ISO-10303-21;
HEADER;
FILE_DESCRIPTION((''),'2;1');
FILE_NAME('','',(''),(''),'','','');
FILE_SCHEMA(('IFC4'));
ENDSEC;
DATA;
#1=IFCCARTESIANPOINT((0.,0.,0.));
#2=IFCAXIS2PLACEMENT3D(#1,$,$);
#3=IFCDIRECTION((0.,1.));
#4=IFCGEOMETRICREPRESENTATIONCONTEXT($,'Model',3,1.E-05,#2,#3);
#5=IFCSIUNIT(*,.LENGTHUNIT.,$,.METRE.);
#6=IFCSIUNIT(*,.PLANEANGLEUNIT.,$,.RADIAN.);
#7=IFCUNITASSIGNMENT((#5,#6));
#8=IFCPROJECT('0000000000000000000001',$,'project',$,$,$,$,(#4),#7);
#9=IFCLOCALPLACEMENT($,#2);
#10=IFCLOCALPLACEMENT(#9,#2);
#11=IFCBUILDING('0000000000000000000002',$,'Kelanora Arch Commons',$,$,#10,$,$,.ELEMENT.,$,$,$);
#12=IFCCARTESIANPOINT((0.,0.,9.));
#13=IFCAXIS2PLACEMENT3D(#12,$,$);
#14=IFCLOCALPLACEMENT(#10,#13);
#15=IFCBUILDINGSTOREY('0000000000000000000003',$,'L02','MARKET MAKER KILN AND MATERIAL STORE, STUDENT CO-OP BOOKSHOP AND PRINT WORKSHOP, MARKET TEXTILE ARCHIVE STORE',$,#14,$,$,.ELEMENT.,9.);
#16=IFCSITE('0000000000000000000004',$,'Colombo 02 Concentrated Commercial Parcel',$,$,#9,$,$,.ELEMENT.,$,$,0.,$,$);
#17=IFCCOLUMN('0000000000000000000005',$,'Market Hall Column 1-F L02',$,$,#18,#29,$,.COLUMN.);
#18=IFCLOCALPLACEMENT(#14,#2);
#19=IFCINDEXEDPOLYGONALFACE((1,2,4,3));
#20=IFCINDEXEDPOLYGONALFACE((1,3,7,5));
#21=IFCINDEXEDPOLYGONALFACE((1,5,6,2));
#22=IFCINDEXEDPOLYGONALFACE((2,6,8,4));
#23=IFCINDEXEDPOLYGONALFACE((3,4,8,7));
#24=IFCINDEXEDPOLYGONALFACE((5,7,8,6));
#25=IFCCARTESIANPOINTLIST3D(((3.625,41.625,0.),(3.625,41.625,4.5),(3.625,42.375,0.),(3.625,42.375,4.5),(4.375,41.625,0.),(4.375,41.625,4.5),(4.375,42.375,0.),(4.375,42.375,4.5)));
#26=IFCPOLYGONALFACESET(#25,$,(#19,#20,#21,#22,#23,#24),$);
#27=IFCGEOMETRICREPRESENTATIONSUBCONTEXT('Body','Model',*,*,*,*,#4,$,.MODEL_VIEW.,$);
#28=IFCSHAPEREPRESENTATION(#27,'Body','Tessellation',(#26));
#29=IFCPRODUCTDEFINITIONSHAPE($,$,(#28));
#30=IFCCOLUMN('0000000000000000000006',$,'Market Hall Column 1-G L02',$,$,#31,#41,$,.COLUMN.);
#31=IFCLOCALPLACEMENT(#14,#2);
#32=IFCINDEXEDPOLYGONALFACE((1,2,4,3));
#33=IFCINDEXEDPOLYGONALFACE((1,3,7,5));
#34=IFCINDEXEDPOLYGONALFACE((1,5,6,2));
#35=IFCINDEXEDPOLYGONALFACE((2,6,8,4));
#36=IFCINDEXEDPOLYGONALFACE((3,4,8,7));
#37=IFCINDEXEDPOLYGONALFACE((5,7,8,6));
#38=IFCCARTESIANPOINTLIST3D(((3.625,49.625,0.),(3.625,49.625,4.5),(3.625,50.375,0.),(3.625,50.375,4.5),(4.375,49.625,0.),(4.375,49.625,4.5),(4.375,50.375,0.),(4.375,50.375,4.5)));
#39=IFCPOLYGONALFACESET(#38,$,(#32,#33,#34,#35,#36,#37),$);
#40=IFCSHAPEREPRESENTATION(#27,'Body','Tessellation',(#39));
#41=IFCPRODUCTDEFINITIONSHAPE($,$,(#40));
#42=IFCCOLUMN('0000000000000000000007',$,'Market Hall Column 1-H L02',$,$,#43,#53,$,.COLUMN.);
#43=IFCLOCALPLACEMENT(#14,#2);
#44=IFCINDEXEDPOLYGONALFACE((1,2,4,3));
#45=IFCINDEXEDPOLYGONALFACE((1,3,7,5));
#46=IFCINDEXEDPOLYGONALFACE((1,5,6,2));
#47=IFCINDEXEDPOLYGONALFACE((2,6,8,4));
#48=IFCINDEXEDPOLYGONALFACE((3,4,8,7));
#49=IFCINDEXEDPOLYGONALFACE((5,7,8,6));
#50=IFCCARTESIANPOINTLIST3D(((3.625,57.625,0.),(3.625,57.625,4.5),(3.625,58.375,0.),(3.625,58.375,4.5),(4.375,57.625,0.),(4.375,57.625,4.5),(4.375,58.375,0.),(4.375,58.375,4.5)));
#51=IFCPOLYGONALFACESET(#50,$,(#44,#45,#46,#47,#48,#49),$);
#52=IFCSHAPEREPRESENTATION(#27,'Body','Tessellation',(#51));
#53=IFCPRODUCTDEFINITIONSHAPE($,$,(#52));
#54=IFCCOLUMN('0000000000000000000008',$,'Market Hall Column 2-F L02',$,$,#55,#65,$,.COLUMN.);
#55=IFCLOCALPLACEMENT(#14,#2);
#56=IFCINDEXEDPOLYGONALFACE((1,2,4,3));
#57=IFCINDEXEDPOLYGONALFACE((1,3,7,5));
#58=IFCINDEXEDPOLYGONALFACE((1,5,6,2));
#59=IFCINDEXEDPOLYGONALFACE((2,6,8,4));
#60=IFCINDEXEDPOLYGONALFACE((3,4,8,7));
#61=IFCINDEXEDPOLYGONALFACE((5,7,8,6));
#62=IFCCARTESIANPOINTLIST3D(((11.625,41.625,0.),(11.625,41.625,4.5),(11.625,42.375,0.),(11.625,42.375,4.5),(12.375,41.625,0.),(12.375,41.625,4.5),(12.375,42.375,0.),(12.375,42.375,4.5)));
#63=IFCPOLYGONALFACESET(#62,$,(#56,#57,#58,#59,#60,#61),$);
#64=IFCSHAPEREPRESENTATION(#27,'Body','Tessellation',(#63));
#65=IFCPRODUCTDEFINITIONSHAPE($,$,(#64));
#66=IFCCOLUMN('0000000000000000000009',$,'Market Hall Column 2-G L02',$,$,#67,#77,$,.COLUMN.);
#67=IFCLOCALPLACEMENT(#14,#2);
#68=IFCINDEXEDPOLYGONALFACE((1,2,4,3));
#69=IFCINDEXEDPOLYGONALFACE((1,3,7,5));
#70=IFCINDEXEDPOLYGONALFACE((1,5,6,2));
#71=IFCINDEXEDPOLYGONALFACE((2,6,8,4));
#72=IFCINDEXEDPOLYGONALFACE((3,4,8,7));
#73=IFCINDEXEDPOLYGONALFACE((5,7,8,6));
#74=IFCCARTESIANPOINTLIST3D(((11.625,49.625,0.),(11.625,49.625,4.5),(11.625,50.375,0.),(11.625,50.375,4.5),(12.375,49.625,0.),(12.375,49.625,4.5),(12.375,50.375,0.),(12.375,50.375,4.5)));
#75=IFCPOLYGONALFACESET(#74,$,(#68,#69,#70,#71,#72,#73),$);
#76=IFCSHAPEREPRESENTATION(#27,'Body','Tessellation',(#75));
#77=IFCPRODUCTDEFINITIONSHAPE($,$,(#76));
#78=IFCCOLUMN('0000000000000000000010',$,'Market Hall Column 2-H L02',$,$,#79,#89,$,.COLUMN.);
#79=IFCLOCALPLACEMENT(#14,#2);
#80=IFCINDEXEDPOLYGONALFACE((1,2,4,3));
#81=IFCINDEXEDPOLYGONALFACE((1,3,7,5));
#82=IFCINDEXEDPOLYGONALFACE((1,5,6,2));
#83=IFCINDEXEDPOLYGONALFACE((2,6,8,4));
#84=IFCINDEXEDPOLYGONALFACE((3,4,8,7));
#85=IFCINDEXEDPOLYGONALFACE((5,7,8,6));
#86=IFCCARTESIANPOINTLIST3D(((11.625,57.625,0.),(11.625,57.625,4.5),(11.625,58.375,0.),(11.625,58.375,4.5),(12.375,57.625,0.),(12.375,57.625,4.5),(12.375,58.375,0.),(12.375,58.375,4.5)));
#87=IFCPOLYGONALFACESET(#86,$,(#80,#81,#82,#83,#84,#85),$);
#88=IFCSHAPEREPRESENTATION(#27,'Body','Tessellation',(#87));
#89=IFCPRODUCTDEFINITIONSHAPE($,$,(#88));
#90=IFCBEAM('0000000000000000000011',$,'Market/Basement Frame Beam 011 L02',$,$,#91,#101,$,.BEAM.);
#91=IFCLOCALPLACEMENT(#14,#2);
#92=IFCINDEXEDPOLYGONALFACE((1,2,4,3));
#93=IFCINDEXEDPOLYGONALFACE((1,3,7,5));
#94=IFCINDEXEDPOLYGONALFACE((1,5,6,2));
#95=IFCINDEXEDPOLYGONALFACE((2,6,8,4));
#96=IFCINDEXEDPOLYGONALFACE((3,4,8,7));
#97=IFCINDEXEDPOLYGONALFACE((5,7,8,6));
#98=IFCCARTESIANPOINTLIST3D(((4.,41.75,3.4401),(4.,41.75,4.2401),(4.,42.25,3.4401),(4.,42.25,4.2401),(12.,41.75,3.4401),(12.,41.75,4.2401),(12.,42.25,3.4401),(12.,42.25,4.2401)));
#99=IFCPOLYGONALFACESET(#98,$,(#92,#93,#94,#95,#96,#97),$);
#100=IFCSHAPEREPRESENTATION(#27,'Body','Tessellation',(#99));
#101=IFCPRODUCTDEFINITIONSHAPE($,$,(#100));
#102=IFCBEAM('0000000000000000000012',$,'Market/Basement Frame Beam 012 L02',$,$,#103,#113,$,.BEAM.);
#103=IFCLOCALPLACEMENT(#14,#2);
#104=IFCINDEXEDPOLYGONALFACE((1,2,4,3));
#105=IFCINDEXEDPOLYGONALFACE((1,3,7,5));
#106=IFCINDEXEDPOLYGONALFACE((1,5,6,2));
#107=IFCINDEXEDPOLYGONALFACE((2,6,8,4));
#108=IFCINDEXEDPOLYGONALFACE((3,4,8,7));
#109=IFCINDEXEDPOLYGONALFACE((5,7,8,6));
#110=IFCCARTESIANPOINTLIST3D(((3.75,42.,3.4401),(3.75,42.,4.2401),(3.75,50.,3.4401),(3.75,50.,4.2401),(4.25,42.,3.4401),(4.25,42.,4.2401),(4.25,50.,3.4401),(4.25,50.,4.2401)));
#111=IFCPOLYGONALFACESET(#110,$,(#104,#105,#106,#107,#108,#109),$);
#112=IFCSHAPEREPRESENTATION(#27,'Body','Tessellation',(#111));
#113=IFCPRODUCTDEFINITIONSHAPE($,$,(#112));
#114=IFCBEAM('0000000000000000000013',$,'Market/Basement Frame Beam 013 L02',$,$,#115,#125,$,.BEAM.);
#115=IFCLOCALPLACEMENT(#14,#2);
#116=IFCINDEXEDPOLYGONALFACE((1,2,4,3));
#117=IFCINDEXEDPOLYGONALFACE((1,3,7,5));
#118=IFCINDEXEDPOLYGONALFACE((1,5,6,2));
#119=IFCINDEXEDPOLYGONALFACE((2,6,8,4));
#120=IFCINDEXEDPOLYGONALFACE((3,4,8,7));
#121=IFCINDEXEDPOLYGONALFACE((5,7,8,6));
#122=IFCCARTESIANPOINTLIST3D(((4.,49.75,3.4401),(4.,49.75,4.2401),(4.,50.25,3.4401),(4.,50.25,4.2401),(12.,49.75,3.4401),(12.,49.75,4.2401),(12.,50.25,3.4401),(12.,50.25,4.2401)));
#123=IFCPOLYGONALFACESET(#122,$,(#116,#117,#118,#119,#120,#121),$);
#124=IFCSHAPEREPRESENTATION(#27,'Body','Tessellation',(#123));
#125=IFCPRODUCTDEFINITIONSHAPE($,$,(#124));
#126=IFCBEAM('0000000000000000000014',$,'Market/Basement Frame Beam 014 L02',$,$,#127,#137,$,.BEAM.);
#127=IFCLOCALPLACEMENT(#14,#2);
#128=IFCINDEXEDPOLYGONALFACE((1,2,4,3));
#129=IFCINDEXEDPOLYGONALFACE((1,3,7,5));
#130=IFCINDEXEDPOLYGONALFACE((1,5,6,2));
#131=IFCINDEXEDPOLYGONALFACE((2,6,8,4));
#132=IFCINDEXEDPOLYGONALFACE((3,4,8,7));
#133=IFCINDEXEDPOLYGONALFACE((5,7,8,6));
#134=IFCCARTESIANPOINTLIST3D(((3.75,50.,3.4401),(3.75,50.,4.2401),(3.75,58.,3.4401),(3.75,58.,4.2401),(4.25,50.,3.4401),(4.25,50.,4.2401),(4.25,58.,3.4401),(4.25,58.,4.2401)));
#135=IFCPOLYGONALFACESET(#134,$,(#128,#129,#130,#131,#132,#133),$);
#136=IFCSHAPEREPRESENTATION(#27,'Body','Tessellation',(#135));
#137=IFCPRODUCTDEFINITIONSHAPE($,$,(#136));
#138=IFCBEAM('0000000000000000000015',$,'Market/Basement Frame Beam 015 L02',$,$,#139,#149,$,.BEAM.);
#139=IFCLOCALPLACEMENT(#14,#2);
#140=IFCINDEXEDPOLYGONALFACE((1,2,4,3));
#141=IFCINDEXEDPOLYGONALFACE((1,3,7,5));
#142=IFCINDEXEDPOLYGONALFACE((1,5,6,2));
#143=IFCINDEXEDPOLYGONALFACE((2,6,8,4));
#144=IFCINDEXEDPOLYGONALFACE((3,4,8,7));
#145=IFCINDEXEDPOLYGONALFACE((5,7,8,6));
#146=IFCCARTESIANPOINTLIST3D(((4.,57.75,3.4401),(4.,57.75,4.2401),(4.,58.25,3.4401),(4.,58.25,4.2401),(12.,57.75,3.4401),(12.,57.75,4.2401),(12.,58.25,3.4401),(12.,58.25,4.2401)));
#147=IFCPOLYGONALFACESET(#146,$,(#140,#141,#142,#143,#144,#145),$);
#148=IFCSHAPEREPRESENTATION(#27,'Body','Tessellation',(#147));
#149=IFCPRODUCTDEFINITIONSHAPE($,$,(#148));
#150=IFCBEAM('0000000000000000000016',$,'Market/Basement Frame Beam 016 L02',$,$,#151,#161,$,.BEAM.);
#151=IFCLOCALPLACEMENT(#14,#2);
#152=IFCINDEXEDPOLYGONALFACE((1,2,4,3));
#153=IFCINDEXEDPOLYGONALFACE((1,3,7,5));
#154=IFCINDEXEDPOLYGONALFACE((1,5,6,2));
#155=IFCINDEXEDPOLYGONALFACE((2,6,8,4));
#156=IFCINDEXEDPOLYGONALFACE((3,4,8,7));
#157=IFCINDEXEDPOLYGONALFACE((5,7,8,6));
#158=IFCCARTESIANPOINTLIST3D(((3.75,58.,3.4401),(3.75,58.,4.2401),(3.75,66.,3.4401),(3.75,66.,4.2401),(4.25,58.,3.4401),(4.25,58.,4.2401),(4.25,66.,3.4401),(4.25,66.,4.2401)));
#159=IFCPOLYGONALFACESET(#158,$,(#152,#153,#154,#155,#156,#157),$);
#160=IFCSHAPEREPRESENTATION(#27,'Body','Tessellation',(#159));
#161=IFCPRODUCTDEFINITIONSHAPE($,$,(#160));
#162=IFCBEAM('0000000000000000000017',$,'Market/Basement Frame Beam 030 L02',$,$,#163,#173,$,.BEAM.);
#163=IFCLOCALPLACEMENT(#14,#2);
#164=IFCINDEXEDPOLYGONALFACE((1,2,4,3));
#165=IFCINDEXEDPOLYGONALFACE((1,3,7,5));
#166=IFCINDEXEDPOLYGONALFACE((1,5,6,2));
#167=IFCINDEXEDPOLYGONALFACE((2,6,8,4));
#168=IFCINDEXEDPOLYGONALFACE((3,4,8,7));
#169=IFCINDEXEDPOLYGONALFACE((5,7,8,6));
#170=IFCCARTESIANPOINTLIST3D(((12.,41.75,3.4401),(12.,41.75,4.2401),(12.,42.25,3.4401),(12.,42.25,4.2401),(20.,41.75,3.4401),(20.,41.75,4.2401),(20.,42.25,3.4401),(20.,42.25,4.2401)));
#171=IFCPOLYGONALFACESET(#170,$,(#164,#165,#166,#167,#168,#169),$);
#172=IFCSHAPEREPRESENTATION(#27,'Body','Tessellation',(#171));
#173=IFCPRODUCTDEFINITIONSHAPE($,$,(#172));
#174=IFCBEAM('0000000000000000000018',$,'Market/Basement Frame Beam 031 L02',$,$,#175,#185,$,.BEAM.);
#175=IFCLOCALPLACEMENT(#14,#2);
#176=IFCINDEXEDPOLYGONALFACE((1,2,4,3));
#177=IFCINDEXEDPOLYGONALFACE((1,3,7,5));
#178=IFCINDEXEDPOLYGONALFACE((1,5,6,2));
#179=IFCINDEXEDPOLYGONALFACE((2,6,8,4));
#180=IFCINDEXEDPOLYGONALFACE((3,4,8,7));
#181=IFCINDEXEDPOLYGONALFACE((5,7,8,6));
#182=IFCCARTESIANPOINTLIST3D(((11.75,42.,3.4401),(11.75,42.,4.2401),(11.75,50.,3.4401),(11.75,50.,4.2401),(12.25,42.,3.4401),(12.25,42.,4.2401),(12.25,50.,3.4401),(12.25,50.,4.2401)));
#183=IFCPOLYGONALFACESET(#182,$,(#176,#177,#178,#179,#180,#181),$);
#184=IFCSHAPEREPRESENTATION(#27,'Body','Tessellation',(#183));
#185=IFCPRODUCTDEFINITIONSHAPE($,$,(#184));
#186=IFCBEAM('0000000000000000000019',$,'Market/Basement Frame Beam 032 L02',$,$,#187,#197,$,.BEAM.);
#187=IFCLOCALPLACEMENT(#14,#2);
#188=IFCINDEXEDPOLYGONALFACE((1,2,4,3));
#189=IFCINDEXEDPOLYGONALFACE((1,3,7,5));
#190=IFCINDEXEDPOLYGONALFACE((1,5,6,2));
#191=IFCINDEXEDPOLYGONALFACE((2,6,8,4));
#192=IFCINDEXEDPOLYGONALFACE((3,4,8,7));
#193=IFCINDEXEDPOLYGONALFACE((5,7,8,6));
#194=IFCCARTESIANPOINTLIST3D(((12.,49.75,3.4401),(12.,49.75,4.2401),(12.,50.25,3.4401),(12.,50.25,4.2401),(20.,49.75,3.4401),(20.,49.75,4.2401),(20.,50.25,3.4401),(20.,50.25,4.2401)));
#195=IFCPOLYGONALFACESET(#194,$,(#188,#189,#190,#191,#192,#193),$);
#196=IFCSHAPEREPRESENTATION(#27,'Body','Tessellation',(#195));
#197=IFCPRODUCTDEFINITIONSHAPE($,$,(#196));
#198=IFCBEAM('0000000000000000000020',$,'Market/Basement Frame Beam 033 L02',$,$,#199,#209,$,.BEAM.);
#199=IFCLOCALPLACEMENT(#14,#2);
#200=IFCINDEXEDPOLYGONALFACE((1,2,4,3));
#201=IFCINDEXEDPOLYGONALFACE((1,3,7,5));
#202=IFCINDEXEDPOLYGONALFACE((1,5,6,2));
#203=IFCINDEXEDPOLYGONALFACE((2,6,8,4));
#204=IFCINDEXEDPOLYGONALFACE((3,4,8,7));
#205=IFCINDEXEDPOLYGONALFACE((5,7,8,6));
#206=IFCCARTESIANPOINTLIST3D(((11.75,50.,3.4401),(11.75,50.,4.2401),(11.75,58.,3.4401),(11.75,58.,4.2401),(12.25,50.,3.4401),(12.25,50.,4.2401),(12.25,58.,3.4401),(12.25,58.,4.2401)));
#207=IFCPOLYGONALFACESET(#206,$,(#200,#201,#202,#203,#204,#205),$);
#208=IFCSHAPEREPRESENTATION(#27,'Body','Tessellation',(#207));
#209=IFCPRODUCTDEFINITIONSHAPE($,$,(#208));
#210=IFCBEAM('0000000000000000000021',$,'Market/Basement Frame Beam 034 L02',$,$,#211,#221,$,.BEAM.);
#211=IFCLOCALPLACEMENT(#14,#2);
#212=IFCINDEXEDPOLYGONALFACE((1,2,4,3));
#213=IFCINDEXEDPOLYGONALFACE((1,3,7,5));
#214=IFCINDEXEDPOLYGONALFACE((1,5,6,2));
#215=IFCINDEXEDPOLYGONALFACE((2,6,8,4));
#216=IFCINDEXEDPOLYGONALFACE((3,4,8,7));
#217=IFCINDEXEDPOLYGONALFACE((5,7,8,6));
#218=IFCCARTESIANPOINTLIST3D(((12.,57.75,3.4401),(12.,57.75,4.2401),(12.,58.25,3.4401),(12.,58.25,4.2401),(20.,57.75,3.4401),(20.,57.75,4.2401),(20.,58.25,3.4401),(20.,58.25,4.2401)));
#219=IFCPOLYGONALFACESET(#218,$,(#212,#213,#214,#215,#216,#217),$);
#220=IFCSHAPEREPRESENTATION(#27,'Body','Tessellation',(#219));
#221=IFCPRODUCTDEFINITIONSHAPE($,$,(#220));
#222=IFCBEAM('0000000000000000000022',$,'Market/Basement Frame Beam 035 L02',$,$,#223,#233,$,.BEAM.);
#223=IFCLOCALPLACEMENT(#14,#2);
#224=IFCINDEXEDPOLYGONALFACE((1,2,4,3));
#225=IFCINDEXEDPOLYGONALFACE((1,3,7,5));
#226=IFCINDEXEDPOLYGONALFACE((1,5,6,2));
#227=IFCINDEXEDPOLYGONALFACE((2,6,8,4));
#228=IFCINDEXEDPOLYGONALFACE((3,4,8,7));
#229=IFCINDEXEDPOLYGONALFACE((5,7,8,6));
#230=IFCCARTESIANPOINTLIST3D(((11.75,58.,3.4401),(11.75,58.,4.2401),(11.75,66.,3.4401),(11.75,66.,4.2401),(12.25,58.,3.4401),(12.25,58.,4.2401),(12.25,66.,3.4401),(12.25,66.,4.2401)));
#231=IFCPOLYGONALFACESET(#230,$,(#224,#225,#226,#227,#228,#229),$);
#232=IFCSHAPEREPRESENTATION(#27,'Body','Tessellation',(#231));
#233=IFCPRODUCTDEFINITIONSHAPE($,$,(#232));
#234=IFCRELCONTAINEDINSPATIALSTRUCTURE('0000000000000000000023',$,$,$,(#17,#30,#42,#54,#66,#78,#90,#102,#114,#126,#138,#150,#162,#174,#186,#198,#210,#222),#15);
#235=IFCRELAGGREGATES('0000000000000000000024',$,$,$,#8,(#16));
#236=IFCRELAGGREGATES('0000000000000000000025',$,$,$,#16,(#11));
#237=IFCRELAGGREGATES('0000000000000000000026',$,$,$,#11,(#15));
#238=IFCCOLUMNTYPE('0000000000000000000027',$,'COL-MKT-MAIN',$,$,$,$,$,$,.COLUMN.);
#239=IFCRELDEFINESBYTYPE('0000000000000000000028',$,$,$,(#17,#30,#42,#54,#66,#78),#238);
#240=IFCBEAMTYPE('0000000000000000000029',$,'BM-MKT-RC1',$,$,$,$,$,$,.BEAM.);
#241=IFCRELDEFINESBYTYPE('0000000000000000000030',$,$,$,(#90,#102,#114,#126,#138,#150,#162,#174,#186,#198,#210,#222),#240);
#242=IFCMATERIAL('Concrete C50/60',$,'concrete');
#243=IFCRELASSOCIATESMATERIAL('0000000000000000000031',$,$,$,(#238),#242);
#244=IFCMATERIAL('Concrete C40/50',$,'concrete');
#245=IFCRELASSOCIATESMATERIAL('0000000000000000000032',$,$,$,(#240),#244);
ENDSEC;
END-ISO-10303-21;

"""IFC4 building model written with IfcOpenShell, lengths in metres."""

from ifc_helpers import new_model, si_unit, direction, frame, origin, origin_2d, place, context, subcontext, project, spatial, rectangle, extrude, material, material_profile, profile_set, type_object, element, save


model = new_model("IFC4")

# Units and contexts
model_context = context("Model", 3, precision=1e-05, world=origin(), true_north=direction((0.0, 1.0)))
body_context = subcontext(model_context, "Body", "Model", "MODEL_VIEW")
ifc_project = project(units=[si_unit("LENGTHUNIT", "METRE"), si_unit("PLANEANGLEUNIT", "RADIAN")], contexts=[model_context])

# Site, building, storey
site_placement = place(None, origin())
site = spatial("IfcSite", under=ifc_project, at=site_placement, Name="Colombo 02 Concentrated Commercial Parcel", CompositionType="ELEMENT", RefElevation=0.0)
building_placement = place(site_placement, origin())
building = spatial("IfcBuilding", under=site, at=building_placement, Name="Kelanora Arch Commons", CompositionType="ELEMENT")
storey_placement = place(building_placement, frame((0.0, 0.0, 9.0)))
storey = spatial("IfcBuildingStorey", under=building, at=storey_placement, Name="L02", Description="MARKET MAKER KILN AND MATERIAL STORE, STUDENT CO-OP BOOKSHOP AND PRINT WORKSHOP, MARKET TEXTILE ARCHIVE STORE", CompositionType="ELEMENT", Elevation=9.0)

# Columns
ifc_material_1 = material(Name="Concrete C50/60", Category="concrete")
ifc_material_profile_1 = material_profile(ifc_material_1, rectangle(XDim=0.75, YDim=0.75, at=origin_2d()), Name="RC750x750")
ifc_profile_set_1 = profile_set([ifc_material_profile_1], Name="Concrete C50/60")
column_type = type_object("IfcColumnType", Name="COL-MKT-MAIN", PredefinedType="COLUMN", material=ifc_profile_set_1)
for number, where, z_axis, x_axis, name in (
    (1, (4.0, 42.0, 0.0), (0.0, 0.0, 1.0), (1.0, 0.0, 0.0), "Market Hall Column 1-F L02"),
    (2, (4.0, 50.0, 0.0), (0.0, 0.0, 1.0), (1.0, 0.0, 0.0), "Market Hall Column 1-G L02"),
    (3, (4.0, 58.0, 0.0), (0.0, 0.0, 1.0), (1.0, 0.0, 0.0), "Market Hall Column 1-H L02"),
    (4, (12.0, 42.0, 0.0), (0.0, 0.0, 1.0), (1.0, 0.0, 0.0), "Market Hall Column 2-F L02"),
    (5, (12.0, 50.0, 0.0), (0.0, 0.0, 1.0), (1.0, 0.0, 0.0), "Market Hall Column 2-G L02"),
    (6, (12.0, 58.0, 0.0), (0.0, 0.0, 1.0), (1.0, 0.0, 0.0), "Market Hall Column 2-H L02"),
):
    element("IfcColumn", number, at=place(storey_placement, frame(where, z_axis=z_axis, x_axis=x_axis)), inside=storey, type_object=column_type, Name=name, PredefinedType="COLUMN", context=body_context, shape_type="SweptSolid", body=[
        extrude(rectangle(XDim=0.75, YDim=0.75, at=origin_2d()), origin(), (0.0, 0.0, 1.0), 4.5),
    ])

# Beams
ifc_material_2 = material(Name="Concrete C40/50", Category="concrete")
ifc_material_profile_2 = material_profile(ifc_material_2, rectangle(XDim=0.5, YDim=0.8, at=origin_2d()), Name="RCB500x800")
ifc_profile_set_2 = profile_set([ifc_material_profile_2], Name="Concrete C40/50")
beam_type = type_object("IfcBeamType", Name="BM-MKT-RC1", PredefinedType="BEAM", material=ifc_profile_set_2)
for number, where, z_axis, x_axis, name in (
    (7, (4.0, 42.0, 3.8401), (1.0, 0.0, 0.0), (0.0, 1.0, 0.0), "Market/Basement Frame Beam 011 L02"),
    (8, (4.0, 42.0, 3.8401), (0.0, 1.0, 0.0), (-1.0, 0.0, 0.0), "Market/Basement Frame Beam 012 L02"),
    (9, (4.0, 50.0, 3.8401), (1.0, 0.0, 0.0), (0.0, 1.0, 0.0), "Market/Basement Frame Beam 013 L02"),
    (10, (4.0, 50.0, 3.8401), (0.0, 1.0, 0.0), (-1.0, 0.0, 0.0), "Market/Basement Frame Beam 014 L02"),
    (11, (4.0, 58.0, 3.8401), (1.0, 0.0, 0.0), (0.0, 1.0, 0.0), "Market/Basement Frame Beam 015 L02"),
    (12, (4.0, 58.0, 3.8401), (0.0, 1.0, 0.0), (-1.0, 0.0, 0.0), "Market/Basement Frame Beam 016 L02"),
    (13, (12.0, 42.0, 3.8401), (1.0, 0.0, 0.0), (0.0, 1.0, 0.0), "Market/Basement Frame Beam 030 L02"),
    (14, (12.0, 42.0, 3.8401), (0.0, 1.0, 0.0), (-1.0, 0.0, 0.0), "Market/Basement Frame Beam 031 L02"),
    (15, (12.0, 50.0, 3.8401), (1.0, 0.0, 0.0), (0.0, 1.0, 0.0), "Market/Basement Frame Beam 032 L02"),
    (16, (12.0, 50.0, 3.8401), (0.0, 1.0, 0.0), (-1.0, 0.0, 0.0), "Market/Basement Frame Beam 033 L02"),
    (17, (12.0, 58.0, 3.8401), (1.0, 0.0, 0.0), (0.0, 1.0, 0.0), "Market/Basement Frame Beam 034 L02"),
    (18, (12.0, 58.0, 3.8401), (0.0, 1.0, 0.0), (-1.0, 0.0, 0.0), "Market/Basement Frame Beam 035 L02"),
):
    element("IfcBeam", number, at=place(storey_placement, frame(where, z_axis=z_axis, x_axis=x_axis)), inside=storey, type_object=beam_type, Name=name, PredefinedType="BEAM", context=body_context, shape_type="SweptSolid", body=[
        extrude(rectangle(XDim=0.5, YDim=0.8, at=origin_2d()), origin(), (0.0, 0.0, 1.0), 8.0),
    ])

save(model, "model.ifc")
